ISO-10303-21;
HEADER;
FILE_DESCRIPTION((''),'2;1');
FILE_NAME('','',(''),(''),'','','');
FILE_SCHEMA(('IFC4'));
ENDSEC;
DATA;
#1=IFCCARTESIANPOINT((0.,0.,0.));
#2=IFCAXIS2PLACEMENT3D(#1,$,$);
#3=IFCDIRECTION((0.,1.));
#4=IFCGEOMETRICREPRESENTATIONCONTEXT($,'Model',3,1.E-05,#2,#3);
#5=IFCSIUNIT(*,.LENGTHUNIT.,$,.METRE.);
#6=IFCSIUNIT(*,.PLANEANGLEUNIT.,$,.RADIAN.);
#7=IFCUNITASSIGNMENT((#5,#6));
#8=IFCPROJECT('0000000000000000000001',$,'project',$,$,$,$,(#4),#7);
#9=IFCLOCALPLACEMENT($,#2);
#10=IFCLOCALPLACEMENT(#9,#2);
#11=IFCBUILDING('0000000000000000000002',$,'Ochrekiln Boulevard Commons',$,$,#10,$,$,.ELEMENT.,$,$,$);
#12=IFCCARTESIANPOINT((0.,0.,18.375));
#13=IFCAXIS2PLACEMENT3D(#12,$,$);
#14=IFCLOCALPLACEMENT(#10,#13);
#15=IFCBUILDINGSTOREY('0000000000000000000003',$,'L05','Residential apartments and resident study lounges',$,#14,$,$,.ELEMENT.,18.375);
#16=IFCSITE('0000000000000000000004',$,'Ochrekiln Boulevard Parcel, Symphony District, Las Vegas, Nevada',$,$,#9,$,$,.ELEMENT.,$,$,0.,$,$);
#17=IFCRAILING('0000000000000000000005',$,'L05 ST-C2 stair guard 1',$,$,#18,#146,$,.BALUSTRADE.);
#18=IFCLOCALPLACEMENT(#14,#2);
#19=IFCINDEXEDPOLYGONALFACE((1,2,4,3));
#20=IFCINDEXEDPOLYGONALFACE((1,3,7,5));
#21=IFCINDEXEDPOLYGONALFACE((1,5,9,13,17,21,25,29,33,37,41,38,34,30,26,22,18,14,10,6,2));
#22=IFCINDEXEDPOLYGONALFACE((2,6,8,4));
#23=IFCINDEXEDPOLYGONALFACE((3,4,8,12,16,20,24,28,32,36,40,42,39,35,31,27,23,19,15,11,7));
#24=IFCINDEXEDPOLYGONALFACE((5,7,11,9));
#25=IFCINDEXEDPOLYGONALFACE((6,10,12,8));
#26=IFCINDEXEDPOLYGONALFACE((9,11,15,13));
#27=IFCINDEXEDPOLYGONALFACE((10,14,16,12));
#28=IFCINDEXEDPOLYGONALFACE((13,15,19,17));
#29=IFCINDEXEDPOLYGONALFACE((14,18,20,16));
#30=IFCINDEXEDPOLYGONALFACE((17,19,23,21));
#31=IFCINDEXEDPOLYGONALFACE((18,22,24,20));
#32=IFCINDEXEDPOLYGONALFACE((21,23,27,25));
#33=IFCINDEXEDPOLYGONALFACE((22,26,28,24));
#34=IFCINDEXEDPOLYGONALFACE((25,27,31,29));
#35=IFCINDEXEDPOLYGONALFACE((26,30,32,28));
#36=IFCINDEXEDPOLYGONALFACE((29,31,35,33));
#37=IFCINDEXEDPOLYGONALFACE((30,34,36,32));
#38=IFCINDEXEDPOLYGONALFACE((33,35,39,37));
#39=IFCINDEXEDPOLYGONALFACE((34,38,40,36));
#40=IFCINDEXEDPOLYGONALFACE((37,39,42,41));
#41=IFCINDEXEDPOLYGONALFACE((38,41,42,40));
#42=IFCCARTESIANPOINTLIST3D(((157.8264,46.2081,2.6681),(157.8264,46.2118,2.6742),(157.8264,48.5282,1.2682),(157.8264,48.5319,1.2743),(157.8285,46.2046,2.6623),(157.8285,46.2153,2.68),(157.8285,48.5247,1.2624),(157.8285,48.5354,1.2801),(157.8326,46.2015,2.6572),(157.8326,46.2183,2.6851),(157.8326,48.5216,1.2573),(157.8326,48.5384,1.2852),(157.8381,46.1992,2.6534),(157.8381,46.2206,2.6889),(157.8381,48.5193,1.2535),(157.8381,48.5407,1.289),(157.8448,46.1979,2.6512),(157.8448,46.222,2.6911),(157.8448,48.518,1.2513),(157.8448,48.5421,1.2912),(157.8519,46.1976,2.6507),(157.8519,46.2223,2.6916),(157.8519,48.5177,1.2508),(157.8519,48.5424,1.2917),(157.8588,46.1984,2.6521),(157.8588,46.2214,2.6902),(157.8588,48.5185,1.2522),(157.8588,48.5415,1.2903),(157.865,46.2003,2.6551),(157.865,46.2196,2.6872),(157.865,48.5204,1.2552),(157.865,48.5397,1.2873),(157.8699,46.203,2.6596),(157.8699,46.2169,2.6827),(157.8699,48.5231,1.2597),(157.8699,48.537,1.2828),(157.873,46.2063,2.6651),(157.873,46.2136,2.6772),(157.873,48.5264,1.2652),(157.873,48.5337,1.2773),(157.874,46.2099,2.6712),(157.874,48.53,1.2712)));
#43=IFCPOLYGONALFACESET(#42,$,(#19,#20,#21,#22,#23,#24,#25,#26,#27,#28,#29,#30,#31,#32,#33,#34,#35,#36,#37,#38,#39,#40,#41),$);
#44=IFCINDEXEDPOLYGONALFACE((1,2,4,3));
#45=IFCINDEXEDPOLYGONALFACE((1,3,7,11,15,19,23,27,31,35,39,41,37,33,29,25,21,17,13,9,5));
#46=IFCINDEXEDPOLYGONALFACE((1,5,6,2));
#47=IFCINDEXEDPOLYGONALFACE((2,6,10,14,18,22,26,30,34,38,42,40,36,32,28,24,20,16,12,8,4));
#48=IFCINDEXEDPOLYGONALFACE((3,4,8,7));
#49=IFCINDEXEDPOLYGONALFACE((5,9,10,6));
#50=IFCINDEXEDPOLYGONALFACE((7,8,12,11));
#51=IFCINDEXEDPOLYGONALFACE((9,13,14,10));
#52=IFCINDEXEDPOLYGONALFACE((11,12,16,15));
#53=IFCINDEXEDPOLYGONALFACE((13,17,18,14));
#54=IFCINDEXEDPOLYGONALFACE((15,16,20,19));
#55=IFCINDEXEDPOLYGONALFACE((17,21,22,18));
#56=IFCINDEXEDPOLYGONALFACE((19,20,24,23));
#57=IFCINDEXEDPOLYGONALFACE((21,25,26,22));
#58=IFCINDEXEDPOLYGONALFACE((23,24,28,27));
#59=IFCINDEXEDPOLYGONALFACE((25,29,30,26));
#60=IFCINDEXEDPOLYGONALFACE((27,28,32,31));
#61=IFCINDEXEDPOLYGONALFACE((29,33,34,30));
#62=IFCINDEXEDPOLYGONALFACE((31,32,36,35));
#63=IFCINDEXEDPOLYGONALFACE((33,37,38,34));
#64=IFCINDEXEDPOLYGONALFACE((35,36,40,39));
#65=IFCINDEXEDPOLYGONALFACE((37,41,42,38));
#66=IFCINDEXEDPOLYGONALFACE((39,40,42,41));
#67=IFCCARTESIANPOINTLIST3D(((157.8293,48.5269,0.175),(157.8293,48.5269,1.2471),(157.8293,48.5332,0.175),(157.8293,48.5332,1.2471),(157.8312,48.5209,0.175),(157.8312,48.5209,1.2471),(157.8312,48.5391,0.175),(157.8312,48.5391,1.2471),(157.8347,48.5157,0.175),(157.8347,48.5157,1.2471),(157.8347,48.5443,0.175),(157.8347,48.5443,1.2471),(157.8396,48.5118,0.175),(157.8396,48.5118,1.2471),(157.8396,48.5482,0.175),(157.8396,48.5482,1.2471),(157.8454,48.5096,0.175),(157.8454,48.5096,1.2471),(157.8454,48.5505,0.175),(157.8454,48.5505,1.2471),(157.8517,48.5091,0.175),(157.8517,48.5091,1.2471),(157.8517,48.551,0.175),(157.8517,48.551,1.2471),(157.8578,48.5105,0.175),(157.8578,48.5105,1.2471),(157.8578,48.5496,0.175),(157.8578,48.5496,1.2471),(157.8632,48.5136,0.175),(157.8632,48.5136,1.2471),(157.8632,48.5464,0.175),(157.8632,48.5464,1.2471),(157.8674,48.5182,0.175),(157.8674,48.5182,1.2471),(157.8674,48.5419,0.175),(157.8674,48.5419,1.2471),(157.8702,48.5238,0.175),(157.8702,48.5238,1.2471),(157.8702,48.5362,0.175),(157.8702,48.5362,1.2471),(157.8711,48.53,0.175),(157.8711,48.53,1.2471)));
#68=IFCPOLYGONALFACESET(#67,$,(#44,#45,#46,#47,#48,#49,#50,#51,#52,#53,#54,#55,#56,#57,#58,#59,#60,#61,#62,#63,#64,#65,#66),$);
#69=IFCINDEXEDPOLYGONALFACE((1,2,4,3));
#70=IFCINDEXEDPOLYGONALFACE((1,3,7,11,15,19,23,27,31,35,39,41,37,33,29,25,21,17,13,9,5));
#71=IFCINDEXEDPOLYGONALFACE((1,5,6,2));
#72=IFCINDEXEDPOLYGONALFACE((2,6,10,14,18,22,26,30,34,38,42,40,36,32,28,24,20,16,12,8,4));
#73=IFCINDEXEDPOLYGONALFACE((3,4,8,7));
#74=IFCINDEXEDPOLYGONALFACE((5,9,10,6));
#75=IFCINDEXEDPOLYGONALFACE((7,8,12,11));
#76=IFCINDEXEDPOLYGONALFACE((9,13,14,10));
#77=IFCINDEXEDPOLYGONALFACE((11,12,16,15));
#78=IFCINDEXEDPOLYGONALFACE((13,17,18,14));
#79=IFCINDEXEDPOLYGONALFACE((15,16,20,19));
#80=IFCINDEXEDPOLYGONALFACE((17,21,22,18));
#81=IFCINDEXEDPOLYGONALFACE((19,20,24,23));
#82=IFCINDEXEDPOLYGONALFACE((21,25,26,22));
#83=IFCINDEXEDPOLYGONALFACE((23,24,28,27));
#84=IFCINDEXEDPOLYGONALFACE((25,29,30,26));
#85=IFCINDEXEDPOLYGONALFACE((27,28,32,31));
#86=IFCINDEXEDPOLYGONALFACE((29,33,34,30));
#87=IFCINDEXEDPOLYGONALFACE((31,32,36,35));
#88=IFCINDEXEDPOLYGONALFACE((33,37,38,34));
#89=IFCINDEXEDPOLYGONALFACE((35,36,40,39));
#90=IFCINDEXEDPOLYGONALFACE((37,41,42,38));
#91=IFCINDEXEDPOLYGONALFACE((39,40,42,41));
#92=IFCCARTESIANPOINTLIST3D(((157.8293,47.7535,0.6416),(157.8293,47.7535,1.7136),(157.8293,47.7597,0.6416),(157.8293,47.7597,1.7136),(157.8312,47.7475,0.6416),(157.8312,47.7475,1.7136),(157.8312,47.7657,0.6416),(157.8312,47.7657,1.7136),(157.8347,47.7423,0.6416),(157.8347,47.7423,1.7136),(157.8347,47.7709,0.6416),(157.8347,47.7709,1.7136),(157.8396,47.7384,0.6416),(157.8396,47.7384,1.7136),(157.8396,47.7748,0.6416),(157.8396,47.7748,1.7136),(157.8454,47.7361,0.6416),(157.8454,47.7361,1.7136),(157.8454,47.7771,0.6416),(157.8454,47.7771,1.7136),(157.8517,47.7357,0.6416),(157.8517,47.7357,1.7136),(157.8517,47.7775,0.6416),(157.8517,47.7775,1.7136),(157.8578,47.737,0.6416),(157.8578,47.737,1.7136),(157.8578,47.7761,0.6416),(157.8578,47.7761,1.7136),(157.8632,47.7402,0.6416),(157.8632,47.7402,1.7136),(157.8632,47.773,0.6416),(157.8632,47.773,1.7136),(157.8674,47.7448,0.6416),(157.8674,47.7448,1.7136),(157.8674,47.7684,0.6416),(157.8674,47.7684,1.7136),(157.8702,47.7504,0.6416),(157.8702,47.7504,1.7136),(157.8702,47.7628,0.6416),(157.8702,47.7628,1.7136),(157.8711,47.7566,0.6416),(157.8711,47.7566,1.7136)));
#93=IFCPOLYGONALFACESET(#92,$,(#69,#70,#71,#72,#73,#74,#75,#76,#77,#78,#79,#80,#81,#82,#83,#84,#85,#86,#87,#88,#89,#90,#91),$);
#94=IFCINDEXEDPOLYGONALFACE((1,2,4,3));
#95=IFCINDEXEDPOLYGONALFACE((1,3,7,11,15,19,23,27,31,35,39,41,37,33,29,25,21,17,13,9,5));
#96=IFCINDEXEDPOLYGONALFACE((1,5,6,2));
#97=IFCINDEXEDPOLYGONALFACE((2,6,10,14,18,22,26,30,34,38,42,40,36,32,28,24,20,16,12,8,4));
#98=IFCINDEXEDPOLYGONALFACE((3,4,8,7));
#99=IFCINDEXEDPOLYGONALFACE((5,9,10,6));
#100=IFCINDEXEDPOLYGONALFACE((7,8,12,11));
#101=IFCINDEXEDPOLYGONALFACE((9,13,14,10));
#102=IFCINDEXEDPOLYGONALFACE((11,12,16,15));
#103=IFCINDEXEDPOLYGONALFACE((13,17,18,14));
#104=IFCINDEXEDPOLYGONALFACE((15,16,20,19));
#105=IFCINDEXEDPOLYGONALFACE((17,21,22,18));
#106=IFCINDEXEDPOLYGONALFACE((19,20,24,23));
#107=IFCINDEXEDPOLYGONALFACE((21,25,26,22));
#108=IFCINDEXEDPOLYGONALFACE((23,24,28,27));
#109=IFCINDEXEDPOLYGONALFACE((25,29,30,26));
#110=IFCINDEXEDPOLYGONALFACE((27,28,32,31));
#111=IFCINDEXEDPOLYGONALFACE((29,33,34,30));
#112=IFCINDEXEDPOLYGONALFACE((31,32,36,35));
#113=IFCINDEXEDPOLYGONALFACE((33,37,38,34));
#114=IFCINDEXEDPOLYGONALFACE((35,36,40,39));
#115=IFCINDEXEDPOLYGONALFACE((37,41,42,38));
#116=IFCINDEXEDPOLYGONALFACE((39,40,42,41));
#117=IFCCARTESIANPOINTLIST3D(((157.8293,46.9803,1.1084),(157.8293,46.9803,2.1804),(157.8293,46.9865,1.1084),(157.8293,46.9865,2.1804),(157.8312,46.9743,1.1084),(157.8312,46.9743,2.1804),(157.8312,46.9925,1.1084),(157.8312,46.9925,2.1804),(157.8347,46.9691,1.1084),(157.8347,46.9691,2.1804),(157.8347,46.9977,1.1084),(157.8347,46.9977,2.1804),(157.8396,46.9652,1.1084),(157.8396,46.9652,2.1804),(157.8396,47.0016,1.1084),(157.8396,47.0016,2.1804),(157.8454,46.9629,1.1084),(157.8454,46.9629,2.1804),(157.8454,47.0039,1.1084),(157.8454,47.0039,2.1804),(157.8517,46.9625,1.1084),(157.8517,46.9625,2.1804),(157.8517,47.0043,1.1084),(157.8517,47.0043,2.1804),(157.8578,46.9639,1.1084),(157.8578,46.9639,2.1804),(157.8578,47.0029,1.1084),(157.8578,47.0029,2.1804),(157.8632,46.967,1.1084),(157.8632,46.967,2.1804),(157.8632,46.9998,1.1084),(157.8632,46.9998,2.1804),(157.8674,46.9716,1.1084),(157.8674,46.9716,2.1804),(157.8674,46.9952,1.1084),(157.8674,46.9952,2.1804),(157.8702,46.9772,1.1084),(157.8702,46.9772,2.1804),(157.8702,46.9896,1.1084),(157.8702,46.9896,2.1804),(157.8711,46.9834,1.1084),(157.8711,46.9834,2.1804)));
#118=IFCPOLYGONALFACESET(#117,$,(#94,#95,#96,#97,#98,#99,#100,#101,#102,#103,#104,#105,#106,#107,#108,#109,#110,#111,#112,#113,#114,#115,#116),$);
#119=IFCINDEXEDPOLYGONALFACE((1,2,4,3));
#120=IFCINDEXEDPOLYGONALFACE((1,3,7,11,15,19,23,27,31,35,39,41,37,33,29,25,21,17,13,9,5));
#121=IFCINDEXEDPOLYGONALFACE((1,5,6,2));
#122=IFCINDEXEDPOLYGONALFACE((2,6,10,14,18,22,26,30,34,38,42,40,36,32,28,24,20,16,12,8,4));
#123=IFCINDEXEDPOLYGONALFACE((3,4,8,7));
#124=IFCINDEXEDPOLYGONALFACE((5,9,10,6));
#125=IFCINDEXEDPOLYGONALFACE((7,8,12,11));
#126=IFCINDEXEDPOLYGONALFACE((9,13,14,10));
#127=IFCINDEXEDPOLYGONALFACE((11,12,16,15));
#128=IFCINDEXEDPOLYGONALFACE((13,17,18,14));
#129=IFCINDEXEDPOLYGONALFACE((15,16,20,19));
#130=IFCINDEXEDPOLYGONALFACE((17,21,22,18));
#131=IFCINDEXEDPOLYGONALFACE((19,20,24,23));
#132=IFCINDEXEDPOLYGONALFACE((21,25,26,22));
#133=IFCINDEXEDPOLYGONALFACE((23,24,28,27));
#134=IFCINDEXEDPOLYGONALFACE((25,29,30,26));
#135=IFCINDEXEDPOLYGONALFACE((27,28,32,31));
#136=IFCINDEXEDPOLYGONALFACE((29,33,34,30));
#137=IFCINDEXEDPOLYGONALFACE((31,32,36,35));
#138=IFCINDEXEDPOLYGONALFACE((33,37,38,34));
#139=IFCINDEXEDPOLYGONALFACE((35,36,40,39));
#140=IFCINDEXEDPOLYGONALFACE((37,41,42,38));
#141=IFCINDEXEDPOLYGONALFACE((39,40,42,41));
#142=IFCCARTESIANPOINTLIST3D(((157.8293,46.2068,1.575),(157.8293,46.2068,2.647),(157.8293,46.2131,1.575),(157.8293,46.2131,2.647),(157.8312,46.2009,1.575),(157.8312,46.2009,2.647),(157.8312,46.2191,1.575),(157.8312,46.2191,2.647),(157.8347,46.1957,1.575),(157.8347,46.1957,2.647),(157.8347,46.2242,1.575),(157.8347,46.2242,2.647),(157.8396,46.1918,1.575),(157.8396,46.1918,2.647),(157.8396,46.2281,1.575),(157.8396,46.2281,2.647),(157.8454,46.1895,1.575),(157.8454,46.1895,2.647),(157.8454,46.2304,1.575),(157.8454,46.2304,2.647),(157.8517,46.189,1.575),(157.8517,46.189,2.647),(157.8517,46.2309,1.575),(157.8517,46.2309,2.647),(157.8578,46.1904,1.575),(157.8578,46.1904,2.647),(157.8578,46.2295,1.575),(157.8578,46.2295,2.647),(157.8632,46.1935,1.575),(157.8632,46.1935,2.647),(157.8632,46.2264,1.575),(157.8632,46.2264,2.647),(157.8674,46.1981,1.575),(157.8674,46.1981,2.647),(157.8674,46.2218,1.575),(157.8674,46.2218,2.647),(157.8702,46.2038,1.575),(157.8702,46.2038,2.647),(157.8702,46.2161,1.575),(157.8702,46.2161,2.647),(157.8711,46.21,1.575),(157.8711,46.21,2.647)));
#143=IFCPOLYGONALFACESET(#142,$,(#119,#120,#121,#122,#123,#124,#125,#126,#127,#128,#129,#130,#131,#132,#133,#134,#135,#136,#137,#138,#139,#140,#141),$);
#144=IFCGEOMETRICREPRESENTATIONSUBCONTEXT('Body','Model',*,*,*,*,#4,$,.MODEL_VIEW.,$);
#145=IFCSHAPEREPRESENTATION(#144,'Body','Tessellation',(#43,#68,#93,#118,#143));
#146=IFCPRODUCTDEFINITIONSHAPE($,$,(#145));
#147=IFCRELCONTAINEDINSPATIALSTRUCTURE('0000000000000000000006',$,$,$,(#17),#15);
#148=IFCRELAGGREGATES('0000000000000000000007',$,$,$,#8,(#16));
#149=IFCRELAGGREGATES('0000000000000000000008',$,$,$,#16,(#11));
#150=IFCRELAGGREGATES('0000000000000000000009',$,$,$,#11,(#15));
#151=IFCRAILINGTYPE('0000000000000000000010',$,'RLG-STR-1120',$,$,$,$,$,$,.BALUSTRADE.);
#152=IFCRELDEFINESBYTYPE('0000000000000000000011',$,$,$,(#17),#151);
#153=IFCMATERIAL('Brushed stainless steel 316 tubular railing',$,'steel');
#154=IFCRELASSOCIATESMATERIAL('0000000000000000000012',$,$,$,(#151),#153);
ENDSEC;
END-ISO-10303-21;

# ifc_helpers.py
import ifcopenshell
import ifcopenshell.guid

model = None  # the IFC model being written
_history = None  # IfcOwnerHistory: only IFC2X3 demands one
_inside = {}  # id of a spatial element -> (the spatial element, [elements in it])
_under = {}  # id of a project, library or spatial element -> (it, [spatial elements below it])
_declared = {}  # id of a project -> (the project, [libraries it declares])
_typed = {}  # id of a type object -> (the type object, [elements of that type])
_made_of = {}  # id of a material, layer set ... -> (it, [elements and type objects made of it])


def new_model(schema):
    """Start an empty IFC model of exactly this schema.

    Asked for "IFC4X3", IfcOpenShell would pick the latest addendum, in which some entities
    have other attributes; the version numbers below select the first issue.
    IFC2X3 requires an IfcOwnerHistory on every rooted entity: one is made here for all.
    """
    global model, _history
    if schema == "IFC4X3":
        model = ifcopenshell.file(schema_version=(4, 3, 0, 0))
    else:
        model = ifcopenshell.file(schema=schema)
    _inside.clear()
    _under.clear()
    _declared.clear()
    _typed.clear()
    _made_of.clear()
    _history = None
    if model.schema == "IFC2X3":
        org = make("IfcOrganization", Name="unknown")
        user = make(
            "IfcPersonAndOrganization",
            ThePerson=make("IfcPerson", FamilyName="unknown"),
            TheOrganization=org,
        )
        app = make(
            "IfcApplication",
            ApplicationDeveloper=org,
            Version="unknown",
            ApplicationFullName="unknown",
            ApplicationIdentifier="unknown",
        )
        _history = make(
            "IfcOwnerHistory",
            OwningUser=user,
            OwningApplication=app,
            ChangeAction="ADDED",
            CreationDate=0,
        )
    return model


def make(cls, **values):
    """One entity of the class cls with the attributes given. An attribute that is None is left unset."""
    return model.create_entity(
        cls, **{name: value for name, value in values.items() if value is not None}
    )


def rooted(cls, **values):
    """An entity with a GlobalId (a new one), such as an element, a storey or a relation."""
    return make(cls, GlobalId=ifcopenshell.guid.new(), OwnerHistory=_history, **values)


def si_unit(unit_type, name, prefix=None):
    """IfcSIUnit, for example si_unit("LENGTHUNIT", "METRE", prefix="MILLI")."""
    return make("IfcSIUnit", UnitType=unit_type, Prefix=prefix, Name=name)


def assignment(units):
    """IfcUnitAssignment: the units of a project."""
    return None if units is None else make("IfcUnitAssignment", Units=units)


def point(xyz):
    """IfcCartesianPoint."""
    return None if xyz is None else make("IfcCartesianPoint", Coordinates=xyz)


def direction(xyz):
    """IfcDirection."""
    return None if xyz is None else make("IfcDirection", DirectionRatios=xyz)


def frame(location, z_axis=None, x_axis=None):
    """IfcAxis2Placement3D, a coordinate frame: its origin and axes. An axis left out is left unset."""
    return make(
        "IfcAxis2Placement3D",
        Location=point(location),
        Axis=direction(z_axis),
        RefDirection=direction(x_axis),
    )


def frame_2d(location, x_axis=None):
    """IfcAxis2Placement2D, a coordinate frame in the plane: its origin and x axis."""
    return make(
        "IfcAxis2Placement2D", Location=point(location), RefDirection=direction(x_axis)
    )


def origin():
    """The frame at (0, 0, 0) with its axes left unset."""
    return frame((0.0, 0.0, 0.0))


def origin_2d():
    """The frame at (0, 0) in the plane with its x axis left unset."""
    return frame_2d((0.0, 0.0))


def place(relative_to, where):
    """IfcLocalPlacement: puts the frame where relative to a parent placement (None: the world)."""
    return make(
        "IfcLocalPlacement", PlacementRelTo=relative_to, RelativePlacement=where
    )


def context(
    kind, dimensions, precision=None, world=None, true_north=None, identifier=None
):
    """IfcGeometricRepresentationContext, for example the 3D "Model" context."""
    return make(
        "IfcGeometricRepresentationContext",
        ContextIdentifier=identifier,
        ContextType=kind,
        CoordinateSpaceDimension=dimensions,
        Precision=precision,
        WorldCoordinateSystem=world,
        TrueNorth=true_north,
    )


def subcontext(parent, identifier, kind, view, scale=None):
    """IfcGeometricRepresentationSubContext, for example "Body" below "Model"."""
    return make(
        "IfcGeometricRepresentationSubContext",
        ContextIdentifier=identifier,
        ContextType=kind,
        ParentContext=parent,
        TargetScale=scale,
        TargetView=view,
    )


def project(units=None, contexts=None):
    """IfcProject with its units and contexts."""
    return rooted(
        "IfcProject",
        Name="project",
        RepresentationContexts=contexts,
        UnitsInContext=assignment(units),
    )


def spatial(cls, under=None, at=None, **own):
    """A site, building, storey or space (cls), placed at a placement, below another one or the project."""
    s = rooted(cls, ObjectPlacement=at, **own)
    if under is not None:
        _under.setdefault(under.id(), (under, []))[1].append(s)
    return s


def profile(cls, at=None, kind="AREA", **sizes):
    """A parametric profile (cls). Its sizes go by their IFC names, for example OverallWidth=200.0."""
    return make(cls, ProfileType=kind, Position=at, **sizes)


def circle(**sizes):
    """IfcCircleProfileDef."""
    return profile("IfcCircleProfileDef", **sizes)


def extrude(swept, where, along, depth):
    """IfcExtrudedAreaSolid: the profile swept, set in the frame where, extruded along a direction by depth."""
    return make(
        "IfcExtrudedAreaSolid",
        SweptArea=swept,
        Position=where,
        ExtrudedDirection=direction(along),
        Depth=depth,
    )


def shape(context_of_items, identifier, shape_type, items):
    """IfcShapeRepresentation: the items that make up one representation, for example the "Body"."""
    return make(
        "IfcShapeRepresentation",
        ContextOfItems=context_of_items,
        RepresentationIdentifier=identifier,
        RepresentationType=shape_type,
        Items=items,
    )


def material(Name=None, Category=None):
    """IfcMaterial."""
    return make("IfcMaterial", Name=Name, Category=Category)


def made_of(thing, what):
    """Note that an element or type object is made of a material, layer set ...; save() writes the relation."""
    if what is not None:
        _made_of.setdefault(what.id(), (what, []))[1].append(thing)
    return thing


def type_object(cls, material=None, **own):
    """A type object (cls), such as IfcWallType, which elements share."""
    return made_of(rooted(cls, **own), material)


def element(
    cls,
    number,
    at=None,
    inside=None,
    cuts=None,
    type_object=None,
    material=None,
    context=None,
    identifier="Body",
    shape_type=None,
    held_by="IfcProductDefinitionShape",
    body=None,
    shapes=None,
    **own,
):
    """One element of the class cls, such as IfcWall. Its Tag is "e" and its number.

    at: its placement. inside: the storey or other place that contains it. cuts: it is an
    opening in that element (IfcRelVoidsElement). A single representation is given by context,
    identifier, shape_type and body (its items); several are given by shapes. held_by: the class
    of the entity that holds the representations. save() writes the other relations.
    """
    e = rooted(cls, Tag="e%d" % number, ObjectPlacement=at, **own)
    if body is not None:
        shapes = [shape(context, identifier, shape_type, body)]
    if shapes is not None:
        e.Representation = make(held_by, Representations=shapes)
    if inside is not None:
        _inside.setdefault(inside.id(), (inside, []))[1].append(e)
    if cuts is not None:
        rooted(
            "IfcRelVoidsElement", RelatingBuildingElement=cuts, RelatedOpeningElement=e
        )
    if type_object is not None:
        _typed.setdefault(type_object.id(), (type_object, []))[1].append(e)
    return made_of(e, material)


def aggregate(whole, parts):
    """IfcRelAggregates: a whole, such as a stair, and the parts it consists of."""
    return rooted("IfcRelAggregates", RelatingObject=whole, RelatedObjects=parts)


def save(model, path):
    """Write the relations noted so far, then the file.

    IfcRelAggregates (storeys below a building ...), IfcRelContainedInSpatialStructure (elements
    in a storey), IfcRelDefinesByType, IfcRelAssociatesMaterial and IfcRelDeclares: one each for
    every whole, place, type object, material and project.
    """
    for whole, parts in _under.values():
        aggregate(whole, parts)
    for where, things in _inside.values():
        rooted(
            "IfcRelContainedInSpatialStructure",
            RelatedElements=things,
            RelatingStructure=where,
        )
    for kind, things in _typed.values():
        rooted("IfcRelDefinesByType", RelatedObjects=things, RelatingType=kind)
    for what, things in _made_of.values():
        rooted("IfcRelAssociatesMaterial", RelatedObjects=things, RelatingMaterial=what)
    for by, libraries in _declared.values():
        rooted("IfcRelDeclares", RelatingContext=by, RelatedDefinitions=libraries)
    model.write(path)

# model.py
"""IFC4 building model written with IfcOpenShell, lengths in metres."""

from ifc_helpers import new_model, si_unit, direction, frame, origin, origin_2d, place, context, subcontext, project, spatial, circle, extrude, material, type_object, element, save


model = new_model("IFC4")

# Units and contexts
model_context = context("Model", 3, precision=1e-05, world=origin(), true_north=direction((0.0, 1.0)))
body_context = subcontext(model_context, "Body", "Model", "MODEL_VIEW")
ifc_project = project(units=[si_unit("LENGTHUNIT", "METRE"), si_unit("PLANEANGLEUNIT", "RADIAN")], contexts=[model_context])

# Site, building, storey
site_placement = place(None, origin())
site = spatial("IfcSite", under=ifc_project, at=site_placement, Name="Ochrekiln Boulevard Parcel, Symphony District, Las Vegas, Nevada", CompositionType="ELEMENT", RefElevation=0.0)
building_placement = place(site_placement, origin())
building = spatial("IfcBuilding", under=site, at=building_placement, Name="Ochrekiln Boulevard Commons", CompositionType="ELEMENT")
storey_placement = place(building_placement, frame((0.0, 0.0, 18.375)))
storey = spatial("IfcBuildingStorey", under=building, at=storey_placement, Name="L05", Description="Residential apartments and resident study lounges", CompositionType="ELEMENT", Elevation=18.375)

# Railing
ifc_material_1 = material(Name="Brushed stainless steel 316 tubular railing", Category="steel")
railing_type_1 = type_object("IfcRailingType", Name="RLG-STR-1120", PredefinedType="BALUSTRADE", material=ifc_material_1)
railing_1_placement = place(storey_placement, frame((157.8501, 48.53, 0.175)))
element("IfcRailing", 1, at=railing_1_placement, inside=storey, type_object=railing_type_1, Name="L05 ST-C2 stair guard 1", PredefinedType="BALUSTRADE", context=body_context, shape_type="SweptSolid", body=[
    extrude(circle(Radius=0.0239, at=origin_2d()), frame((0.0, 0.0, 1.0962), z_axis=(0.0, -0.85621, 0.516627), x_axis=(1.0, 0.0, 0.0)), (0.0, 0.0, 1.0), 2.7097),
    extrude(circle(Radius=0.021, at=origin_2d()), origin(), (0.0, 0.0, 1.0), 1.072),
    extrude(circle(Radius=0.021, at=origin_2d()), frame((0.0, -0.7734, 0.4666)), (0.0, 0.0, 1.0), 1.072),
    extrude(circle(Radius=0.021, at=origin_2d()), frame((0.0, -1.5466, 0.9333)), (0.0, 0.0, 1.0), 1.072),
    extrude(circle(Radius=0.021, at=origin_2d()), frame((0.0, -2.3201, 1.3999)), (0.0, 0.0, 1.0), 1.072),
])

save(model, "model.ifc")
